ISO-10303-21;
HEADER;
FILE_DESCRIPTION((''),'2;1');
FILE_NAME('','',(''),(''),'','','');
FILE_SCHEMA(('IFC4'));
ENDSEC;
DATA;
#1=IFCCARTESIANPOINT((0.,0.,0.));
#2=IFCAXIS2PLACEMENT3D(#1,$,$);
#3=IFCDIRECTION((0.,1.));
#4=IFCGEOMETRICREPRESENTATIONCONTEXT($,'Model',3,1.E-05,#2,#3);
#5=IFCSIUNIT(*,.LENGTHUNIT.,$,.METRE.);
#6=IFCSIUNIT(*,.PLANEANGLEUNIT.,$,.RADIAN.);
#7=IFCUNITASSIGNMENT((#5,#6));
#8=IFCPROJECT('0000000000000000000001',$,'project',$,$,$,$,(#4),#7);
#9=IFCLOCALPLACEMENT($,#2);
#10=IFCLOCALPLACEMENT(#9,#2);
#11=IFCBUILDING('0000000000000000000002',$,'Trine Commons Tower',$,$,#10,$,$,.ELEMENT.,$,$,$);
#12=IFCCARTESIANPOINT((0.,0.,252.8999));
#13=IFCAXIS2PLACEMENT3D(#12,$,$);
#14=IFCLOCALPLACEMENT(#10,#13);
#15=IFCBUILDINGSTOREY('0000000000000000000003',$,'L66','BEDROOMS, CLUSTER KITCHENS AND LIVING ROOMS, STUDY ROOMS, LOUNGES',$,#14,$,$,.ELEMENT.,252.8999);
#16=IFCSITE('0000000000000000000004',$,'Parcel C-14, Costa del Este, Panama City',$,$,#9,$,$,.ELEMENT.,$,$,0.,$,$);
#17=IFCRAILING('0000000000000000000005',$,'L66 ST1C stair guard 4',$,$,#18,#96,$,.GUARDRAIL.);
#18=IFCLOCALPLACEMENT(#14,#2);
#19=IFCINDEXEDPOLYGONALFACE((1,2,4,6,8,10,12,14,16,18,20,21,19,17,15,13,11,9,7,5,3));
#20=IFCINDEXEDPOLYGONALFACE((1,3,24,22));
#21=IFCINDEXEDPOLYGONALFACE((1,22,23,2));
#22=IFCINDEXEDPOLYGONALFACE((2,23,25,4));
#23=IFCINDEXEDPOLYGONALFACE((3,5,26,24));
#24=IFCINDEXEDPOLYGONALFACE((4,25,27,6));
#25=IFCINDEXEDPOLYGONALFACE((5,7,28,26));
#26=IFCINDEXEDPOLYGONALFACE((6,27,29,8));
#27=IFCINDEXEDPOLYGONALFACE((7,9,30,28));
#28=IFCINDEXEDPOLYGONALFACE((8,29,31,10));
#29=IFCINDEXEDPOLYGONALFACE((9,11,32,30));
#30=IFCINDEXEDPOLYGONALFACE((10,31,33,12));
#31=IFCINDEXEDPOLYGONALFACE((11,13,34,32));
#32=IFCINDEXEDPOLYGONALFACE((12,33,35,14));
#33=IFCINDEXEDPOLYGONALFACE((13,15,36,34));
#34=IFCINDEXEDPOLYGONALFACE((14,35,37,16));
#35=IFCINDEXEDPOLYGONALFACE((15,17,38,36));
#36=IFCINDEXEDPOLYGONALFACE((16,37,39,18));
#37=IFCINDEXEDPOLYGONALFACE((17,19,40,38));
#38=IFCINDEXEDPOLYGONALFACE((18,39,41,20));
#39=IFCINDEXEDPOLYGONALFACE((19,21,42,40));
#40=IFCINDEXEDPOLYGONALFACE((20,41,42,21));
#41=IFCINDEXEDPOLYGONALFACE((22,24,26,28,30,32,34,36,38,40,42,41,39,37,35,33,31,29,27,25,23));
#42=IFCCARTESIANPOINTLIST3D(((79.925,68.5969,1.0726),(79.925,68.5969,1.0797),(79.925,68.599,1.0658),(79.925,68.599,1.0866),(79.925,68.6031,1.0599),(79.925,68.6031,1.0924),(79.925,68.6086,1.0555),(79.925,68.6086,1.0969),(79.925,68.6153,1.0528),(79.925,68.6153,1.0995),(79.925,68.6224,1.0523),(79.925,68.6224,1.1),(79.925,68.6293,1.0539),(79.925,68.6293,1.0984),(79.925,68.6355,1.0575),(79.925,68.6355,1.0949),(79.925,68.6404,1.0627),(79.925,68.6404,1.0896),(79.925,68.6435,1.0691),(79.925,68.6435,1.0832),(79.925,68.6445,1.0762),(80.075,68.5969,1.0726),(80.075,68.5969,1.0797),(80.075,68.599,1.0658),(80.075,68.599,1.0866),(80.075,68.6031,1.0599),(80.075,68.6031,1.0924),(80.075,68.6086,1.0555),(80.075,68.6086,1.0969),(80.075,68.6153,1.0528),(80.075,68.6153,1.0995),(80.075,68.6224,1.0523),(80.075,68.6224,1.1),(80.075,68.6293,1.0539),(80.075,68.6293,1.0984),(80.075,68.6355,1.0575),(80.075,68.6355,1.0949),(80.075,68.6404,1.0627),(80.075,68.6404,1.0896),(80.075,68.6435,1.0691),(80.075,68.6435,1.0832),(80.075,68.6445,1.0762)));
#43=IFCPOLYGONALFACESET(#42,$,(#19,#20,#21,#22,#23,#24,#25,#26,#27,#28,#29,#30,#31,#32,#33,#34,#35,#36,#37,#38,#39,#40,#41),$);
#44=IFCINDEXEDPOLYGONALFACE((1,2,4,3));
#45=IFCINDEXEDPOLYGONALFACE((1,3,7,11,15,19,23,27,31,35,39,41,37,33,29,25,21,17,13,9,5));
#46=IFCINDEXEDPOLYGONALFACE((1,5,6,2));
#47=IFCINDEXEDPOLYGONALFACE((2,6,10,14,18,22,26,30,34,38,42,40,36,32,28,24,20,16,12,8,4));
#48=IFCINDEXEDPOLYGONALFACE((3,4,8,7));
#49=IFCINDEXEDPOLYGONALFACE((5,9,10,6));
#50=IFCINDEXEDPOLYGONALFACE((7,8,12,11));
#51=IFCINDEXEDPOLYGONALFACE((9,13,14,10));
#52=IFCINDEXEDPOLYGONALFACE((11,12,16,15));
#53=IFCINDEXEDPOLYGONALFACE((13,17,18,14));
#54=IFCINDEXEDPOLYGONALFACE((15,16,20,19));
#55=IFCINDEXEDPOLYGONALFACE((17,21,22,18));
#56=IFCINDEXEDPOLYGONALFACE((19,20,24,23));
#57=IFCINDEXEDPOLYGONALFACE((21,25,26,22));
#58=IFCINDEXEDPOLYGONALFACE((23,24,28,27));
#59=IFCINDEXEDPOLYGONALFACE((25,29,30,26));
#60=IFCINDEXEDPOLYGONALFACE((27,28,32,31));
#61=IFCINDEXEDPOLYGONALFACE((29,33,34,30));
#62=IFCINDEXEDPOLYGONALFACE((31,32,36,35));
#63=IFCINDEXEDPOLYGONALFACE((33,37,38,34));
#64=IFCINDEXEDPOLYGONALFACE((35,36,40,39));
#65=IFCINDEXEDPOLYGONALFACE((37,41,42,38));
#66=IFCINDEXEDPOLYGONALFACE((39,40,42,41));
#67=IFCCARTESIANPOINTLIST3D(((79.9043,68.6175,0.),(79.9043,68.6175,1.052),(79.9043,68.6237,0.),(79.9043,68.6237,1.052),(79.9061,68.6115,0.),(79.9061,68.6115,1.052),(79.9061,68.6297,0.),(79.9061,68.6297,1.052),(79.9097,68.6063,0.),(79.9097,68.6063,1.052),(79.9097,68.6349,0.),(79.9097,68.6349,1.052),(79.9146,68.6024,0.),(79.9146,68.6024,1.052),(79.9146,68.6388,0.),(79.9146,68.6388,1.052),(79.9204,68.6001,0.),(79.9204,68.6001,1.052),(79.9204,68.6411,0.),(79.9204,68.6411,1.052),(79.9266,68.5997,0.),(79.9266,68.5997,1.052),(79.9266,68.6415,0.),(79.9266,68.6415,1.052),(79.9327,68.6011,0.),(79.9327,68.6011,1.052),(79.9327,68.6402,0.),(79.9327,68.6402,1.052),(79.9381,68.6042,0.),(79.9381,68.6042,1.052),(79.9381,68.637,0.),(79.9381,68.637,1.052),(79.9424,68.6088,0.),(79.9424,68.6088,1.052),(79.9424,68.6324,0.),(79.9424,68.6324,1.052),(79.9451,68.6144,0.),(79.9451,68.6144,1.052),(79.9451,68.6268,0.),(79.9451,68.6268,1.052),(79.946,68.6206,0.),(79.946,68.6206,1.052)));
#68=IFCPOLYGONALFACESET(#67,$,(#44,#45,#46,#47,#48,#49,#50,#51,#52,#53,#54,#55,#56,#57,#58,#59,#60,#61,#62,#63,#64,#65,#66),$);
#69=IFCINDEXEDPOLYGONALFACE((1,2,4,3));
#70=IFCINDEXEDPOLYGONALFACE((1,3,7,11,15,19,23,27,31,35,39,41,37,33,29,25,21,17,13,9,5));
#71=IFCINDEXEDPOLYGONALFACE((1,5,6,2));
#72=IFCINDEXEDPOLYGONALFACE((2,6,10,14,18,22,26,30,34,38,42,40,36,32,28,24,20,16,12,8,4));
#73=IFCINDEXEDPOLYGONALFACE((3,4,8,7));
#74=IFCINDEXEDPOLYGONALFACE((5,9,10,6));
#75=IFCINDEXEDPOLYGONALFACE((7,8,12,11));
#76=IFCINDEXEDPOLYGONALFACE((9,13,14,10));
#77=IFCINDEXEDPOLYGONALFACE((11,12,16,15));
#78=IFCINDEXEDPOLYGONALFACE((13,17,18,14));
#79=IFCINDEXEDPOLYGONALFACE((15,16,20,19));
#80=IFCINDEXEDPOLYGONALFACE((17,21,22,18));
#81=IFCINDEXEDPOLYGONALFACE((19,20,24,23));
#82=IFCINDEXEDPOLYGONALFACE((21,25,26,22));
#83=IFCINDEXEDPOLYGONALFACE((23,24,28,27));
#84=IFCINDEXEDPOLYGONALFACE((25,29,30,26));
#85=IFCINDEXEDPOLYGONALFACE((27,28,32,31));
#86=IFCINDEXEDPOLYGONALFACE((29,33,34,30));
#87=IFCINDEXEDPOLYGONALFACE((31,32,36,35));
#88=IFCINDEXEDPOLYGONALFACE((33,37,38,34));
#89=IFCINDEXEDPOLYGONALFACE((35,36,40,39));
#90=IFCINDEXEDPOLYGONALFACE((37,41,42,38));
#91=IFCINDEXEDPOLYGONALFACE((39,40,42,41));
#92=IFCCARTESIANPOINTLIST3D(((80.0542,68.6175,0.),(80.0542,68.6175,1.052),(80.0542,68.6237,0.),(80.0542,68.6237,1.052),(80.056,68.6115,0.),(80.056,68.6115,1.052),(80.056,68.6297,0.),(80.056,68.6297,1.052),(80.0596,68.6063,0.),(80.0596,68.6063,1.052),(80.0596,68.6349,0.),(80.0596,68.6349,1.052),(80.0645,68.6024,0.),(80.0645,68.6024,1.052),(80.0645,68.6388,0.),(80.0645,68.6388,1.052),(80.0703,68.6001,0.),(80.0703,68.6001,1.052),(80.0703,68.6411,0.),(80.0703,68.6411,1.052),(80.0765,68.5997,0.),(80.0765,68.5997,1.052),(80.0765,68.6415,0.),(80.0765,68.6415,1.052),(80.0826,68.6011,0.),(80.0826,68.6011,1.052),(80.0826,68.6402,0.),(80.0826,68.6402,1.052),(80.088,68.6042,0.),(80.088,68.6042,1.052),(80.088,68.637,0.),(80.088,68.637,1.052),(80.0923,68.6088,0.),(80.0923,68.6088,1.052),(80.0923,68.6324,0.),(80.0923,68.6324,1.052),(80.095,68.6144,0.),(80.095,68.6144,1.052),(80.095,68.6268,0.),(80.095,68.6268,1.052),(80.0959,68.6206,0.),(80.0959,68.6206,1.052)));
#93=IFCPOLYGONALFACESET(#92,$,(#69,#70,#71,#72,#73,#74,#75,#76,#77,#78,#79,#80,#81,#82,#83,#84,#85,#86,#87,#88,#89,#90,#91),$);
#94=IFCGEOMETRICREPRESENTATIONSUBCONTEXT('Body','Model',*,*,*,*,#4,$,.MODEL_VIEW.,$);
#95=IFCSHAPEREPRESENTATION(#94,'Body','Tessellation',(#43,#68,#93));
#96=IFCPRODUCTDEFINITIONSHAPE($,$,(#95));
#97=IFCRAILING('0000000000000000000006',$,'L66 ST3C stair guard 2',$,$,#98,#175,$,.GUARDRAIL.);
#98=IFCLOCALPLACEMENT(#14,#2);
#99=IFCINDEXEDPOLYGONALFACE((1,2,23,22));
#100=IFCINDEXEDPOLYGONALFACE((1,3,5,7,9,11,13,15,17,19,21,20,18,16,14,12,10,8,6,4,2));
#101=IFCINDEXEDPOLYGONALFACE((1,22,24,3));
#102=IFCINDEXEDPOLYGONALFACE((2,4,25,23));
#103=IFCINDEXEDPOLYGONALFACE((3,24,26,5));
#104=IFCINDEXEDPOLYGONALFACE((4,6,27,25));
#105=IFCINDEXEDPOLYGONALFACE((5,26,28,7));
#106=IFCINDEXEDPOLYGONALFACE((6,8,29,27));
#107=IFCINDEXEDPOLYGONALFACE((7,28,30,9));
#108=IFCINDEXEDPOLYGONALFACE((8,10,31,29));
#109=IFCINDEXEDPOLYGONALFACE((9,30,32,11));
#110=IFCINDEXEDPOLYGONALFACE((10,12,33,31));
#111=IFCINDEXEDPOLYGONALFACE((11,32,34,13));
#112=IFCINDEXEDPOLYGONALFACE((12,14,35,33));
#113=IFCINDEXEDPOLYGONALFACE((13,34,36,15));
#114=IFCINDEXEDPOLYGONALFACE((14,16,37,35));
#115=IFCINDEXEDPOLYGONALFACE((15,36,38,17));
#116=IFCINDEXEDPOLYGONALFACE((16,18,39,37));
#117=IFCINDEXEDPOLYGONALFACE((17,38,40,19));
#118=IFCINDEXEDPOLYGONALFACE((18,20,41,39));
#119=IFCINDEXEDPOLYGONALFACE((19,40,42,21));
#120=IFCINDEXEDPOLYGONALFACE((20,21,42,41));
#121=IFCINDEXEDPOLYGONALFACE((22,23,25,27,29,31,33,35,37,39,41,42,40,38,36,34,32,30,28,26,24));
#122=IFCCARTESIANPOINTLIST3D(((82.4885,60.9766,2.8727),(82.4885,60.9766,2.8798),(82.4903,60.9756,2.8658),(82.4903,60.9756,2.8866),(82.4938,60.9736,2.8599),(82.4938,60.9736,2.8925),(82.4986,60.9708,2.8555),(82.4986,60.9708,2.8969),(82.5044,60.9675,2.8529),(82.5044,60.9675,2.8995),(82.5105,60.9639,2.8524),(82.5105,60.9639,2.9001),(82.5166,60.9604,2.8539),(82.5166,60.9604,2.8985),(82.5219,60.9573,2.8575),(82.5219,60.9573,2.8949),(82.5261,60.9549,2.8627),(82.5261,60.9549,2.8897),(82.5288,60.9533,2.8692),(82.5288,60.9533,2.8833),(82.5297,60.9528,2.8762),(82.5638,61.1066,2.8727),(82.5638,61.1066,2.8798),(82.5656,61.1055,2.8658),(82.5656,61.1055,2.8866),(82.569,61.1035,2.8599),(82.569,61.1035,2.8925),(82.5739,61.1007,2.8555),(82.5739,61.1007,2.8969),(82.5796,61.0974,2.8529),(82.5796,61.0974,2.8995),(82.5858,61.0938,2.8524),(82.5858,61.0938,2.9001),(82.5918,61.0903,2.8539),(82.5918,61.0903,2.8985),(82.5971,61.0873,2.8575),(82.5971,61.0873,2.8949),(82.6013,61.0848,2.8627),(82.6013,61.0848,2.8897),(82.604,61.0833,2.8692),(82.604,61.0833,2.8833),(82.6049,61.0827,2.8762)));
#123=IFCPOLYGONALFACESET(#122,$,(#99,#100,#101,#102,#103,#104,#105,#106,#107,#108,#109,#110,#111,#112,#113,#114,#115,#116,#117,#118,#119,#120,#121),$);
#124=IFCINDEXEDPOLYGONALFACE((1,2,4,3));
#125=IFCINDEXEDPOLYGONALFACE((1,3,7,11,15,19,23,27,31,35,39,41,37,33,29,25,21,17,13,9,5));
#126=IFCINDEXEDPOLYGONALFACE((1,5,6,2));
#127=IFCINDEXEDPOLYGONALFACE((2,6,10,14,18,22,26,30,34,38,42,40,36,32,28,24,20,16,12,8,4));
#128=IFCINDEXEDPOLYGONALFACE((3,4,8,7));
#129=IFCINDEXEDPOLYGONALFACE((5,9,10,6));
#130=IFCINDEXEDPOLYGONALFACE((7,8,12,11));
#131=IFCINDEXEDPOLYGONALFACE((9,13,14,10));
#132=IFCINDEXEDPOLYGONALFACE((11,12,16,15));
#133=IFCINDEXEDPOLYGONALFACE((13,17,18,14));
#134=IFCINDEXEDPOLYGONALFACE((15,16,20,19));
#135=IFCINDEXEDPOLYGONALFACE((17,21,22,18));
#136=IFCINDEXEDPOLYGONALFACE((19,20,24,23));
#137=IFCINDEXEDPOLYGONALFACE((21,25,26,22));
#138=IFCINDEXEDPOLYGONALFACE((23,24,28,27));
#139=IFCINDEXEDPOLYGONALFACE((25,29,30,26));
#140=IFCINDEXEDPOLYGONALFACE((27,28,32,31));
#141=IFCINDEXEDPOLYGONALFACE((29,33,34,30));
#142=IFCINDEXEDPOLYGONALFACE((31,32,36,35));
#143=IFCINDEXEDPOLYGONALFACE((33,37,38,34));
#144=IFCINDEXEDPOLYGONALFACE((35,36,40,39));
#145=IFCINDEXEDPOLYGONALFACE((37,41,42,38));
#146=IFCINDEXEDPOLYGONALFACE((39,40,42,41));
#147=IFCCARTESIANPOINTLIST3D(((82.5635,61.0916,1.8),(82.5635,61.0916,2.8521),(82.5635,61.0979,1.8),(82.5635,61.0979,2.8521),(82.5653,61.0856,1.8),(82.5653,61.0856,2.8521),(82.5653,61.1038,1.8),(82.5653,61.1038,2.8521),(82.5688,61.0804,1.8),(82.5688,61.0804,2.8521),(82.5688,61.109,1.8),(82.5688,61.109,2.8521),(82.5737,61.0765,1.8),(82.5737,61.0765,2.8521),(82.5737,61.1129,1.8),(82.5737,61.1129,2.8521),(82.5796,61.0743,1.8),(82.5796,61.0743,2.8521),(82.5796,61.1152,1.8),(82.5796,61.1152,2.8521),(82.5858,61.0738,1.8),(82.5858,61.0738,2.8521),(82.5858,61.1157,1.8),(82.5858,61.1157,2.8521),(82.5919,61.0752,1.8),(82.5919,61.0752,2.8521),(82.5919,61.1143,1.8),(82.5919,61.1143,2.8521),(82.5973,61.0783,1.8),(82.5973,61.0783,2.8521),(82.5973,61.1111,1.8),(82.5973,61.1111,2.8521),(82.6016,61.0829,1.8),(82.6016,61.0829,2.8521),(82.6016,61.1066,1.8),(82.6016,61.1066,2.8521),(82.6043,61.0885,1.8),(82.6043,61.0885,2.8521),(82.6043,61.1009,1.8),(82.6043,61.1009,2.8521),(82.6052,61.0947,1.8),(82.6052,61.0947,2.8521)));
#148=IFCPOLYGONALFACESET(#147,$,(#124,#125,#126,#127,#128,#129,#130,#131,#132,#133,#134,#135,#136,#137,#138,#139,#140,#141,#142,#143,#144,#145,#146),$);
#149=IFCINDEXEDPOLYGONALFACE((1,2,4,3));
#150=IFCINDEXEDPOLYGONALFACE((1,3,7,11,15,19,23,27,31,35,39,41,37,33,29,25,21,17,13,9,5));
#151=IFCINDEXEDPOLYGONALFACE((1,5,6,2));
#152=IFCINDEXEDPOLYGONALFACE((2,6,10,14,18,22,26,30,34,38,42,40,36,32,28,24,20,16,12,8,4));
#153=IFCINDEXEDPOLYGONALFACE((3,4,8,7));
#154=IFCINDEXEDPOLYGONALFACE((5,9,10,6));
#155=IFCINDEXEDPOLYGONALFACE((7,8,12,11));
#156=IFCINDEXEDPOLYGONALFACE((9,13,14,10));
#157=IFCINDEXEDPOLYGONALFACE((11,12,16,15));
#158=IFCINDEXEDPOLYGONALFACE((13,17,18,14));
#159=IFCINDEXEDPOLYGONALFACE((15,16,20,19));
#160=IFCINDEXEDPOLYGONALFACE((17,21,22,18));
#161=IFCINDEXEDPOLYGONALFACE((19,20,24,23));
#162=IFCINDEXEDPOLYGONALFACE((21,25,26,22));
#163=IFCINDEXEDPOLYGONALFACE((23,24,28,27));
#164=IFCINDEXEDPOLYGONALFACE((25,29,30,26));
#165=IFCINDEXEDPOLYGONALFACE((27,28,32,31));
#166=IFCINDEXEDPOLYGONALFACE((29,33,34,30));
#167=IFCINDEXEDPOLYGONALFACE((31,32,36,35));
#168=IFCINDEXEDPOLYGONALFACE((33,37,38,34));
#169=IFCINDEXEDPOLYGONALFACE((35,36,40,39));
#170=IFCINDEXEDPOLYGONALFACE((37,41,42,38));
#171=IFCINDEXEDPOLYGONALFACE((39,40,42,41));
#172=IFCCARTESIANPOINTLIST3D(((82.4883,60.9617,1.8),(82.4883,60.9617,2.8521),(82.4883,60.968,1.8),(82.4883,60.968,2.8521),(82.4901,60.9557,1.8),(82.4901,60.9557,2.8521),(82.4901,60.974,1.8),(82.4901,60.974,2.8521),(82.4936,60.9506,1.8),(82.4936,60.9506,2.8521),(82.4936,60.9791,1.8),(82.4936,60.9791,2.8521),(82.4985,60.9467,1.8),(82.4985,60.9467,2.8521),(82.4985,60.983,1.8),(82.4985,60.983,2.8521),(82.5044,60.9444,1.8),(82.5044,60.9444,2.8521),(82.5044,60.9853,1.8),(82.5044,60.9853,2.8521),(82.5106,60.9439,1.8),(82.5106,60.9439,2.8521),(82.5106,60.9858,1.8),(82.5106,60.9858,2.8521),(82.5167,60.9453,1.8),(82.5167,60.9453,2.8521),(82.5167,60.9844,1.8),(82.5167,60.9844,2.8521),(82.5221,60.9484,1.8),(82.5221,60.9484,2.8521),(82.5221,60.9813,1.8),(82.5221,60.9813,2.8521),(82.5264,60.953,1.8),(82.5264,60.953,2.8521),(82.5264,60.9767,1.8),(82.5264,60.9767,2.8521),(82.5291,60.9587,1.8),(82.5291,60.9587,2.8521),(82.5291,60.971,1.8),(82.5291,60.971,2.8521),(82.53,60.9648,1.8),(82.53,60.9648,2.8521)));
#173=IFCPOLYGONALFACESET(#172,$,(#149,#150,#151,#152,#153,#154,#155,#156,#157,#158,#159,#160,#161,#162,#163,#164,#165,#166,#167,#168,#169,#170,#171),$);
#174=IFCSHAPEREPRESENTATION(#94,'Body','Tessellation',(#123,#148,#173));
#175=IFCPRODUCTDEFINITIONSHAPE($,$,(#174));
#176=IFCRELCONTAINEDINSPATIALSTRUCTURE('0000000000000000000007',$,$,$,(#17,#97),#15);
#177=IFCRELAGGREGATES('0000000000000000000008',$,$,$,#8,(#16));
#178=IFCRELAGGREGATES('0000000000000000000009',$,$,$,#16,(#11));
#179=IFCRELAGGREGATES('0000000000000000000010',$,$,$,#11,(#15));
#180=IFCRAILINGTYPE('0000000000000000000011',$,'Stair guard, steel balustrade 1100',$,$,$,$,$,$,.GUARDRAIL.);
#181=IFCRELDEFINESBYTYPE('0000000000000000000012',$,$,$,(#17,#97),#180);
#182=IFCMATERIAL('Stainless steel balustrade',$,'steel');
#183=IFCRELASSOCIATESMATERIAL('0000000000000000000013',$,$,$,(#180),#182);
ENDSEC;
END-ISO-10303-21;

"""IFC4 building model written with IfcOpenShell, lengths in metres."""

from ifc_helpers import new_model, si_unit, direction, frame, origin, origin_2d, place, context, subcontext, project, spatial, circle, extrude, material, type_object, element, save


model = new_model("IFC4")

# Units and contexts
model_context = context("Model", 3, precision=1e-05, world=origin(), true_north=direction((0.0, 1.0)))
body_context = subcontext(model_context, "Body", "Model", "MODEL_VIEW")
ifc_project = project(units=[si_unit("LENGTHUNIT", "METRE"), si_unit("PLANEANGLEUNIT", "RADIAN")], contexts=[model_context])

# Site, building, storey
site_placement = place(None, origin())
site = spatial("IfcSite", under=ifc_project, at=site_placement, Name="Parcel C-14, Costa del Este, Panama City", CompositionType="ELEMENT", RefElevation=0.0)
building_placement = place(site_placement, origin())
building = spatial("IfcBuilding", under=site, at=building_placement, Name="Trine Commons Tower", CompositionType="ELEMENT")
storey_placement = place(building_placement, frame((0.0, 0.0, 252.8999)))
storey = spatial("IfcBuildingStorey", under=building, at=storey_placement, Name="L66", Description="BEDROOMS, CLUSTER KITCHENS AND LIVING ROOMS, STUDY ROOMS, LOUNGES", CompositionType="ELEMENT", Elevation=252.8999)

# Railings
ifc_material_1 = material(Name="Stainless steel balustrade", Category="steel")
railing_type_1 = type_object("IfcRailingType", Name="Stair guard, steel balustrade 1100", PredefinedType="GUARDRAIL", material=ifc_material_1)
railing_1_placement = place(storey_placement, frame((79.925, 68.6206, 0.0)))
element("IfcRailing", 1, at=railing_1_placement, inside=storey, type_object=railing_type_1, Name="L66 ST1C stair guard 4", PredefinedType="GUARDRAIL", context=body_context, shape_type="SweptSolid", body=[
    extrude(circle(Radius=0.0239, at=origin_2d()), frame((0.0, 0.0, 1.0762), z_axis=(1.0, 0.0, 0.0), x_axis=(0.0, 1.0, 0.0)), (0.0, 0.0, 1.0), 0.1499),
    extrude(circle(Radius=0.021, at=origin_2d()), origin(), (0.0, 0.0, 1.0), 1.052),
    extrude(circle(Radius=0.021, at=origin_2d()), frame((0.1499, 0.0, 0.0)), (0.0, 0.0, 1.0), 1.052),
])
railing_2_placement = place(storey_placement, frame((82.5842, 61.0947, 1.8)))
element("IfcRailing", 2, at=railing_2_placement, inside=storey, type_object=railing_type_1, Name="L66 ST3C stair guard 2", PredefinedType="GUARDRAIL", context=body_context, shape_type="SweptSolid", body=[
    extrude(circle(Radius=0.0239, at=origin_2d()), frame((0.0, 0.0, 1.0762), z_axis=(-0.501036, -0.865426, 0.0), x_axis=(0.865426, -0.501036, 0.0)), (0.0, 0.0, 1.0), 0.1501),
    extrude(circle(Radius=0.021, at=origin_2d()), origin(), (0.0, 0.0, 1.0), 1.052),
    extrude(circle(Radius=0.021, at=origin_2d()), frame((-0.0752, -0.1299, 0.0)), (0.0, 0.0, 1.0), 1.052),
])

save(model, "model.ifc")
